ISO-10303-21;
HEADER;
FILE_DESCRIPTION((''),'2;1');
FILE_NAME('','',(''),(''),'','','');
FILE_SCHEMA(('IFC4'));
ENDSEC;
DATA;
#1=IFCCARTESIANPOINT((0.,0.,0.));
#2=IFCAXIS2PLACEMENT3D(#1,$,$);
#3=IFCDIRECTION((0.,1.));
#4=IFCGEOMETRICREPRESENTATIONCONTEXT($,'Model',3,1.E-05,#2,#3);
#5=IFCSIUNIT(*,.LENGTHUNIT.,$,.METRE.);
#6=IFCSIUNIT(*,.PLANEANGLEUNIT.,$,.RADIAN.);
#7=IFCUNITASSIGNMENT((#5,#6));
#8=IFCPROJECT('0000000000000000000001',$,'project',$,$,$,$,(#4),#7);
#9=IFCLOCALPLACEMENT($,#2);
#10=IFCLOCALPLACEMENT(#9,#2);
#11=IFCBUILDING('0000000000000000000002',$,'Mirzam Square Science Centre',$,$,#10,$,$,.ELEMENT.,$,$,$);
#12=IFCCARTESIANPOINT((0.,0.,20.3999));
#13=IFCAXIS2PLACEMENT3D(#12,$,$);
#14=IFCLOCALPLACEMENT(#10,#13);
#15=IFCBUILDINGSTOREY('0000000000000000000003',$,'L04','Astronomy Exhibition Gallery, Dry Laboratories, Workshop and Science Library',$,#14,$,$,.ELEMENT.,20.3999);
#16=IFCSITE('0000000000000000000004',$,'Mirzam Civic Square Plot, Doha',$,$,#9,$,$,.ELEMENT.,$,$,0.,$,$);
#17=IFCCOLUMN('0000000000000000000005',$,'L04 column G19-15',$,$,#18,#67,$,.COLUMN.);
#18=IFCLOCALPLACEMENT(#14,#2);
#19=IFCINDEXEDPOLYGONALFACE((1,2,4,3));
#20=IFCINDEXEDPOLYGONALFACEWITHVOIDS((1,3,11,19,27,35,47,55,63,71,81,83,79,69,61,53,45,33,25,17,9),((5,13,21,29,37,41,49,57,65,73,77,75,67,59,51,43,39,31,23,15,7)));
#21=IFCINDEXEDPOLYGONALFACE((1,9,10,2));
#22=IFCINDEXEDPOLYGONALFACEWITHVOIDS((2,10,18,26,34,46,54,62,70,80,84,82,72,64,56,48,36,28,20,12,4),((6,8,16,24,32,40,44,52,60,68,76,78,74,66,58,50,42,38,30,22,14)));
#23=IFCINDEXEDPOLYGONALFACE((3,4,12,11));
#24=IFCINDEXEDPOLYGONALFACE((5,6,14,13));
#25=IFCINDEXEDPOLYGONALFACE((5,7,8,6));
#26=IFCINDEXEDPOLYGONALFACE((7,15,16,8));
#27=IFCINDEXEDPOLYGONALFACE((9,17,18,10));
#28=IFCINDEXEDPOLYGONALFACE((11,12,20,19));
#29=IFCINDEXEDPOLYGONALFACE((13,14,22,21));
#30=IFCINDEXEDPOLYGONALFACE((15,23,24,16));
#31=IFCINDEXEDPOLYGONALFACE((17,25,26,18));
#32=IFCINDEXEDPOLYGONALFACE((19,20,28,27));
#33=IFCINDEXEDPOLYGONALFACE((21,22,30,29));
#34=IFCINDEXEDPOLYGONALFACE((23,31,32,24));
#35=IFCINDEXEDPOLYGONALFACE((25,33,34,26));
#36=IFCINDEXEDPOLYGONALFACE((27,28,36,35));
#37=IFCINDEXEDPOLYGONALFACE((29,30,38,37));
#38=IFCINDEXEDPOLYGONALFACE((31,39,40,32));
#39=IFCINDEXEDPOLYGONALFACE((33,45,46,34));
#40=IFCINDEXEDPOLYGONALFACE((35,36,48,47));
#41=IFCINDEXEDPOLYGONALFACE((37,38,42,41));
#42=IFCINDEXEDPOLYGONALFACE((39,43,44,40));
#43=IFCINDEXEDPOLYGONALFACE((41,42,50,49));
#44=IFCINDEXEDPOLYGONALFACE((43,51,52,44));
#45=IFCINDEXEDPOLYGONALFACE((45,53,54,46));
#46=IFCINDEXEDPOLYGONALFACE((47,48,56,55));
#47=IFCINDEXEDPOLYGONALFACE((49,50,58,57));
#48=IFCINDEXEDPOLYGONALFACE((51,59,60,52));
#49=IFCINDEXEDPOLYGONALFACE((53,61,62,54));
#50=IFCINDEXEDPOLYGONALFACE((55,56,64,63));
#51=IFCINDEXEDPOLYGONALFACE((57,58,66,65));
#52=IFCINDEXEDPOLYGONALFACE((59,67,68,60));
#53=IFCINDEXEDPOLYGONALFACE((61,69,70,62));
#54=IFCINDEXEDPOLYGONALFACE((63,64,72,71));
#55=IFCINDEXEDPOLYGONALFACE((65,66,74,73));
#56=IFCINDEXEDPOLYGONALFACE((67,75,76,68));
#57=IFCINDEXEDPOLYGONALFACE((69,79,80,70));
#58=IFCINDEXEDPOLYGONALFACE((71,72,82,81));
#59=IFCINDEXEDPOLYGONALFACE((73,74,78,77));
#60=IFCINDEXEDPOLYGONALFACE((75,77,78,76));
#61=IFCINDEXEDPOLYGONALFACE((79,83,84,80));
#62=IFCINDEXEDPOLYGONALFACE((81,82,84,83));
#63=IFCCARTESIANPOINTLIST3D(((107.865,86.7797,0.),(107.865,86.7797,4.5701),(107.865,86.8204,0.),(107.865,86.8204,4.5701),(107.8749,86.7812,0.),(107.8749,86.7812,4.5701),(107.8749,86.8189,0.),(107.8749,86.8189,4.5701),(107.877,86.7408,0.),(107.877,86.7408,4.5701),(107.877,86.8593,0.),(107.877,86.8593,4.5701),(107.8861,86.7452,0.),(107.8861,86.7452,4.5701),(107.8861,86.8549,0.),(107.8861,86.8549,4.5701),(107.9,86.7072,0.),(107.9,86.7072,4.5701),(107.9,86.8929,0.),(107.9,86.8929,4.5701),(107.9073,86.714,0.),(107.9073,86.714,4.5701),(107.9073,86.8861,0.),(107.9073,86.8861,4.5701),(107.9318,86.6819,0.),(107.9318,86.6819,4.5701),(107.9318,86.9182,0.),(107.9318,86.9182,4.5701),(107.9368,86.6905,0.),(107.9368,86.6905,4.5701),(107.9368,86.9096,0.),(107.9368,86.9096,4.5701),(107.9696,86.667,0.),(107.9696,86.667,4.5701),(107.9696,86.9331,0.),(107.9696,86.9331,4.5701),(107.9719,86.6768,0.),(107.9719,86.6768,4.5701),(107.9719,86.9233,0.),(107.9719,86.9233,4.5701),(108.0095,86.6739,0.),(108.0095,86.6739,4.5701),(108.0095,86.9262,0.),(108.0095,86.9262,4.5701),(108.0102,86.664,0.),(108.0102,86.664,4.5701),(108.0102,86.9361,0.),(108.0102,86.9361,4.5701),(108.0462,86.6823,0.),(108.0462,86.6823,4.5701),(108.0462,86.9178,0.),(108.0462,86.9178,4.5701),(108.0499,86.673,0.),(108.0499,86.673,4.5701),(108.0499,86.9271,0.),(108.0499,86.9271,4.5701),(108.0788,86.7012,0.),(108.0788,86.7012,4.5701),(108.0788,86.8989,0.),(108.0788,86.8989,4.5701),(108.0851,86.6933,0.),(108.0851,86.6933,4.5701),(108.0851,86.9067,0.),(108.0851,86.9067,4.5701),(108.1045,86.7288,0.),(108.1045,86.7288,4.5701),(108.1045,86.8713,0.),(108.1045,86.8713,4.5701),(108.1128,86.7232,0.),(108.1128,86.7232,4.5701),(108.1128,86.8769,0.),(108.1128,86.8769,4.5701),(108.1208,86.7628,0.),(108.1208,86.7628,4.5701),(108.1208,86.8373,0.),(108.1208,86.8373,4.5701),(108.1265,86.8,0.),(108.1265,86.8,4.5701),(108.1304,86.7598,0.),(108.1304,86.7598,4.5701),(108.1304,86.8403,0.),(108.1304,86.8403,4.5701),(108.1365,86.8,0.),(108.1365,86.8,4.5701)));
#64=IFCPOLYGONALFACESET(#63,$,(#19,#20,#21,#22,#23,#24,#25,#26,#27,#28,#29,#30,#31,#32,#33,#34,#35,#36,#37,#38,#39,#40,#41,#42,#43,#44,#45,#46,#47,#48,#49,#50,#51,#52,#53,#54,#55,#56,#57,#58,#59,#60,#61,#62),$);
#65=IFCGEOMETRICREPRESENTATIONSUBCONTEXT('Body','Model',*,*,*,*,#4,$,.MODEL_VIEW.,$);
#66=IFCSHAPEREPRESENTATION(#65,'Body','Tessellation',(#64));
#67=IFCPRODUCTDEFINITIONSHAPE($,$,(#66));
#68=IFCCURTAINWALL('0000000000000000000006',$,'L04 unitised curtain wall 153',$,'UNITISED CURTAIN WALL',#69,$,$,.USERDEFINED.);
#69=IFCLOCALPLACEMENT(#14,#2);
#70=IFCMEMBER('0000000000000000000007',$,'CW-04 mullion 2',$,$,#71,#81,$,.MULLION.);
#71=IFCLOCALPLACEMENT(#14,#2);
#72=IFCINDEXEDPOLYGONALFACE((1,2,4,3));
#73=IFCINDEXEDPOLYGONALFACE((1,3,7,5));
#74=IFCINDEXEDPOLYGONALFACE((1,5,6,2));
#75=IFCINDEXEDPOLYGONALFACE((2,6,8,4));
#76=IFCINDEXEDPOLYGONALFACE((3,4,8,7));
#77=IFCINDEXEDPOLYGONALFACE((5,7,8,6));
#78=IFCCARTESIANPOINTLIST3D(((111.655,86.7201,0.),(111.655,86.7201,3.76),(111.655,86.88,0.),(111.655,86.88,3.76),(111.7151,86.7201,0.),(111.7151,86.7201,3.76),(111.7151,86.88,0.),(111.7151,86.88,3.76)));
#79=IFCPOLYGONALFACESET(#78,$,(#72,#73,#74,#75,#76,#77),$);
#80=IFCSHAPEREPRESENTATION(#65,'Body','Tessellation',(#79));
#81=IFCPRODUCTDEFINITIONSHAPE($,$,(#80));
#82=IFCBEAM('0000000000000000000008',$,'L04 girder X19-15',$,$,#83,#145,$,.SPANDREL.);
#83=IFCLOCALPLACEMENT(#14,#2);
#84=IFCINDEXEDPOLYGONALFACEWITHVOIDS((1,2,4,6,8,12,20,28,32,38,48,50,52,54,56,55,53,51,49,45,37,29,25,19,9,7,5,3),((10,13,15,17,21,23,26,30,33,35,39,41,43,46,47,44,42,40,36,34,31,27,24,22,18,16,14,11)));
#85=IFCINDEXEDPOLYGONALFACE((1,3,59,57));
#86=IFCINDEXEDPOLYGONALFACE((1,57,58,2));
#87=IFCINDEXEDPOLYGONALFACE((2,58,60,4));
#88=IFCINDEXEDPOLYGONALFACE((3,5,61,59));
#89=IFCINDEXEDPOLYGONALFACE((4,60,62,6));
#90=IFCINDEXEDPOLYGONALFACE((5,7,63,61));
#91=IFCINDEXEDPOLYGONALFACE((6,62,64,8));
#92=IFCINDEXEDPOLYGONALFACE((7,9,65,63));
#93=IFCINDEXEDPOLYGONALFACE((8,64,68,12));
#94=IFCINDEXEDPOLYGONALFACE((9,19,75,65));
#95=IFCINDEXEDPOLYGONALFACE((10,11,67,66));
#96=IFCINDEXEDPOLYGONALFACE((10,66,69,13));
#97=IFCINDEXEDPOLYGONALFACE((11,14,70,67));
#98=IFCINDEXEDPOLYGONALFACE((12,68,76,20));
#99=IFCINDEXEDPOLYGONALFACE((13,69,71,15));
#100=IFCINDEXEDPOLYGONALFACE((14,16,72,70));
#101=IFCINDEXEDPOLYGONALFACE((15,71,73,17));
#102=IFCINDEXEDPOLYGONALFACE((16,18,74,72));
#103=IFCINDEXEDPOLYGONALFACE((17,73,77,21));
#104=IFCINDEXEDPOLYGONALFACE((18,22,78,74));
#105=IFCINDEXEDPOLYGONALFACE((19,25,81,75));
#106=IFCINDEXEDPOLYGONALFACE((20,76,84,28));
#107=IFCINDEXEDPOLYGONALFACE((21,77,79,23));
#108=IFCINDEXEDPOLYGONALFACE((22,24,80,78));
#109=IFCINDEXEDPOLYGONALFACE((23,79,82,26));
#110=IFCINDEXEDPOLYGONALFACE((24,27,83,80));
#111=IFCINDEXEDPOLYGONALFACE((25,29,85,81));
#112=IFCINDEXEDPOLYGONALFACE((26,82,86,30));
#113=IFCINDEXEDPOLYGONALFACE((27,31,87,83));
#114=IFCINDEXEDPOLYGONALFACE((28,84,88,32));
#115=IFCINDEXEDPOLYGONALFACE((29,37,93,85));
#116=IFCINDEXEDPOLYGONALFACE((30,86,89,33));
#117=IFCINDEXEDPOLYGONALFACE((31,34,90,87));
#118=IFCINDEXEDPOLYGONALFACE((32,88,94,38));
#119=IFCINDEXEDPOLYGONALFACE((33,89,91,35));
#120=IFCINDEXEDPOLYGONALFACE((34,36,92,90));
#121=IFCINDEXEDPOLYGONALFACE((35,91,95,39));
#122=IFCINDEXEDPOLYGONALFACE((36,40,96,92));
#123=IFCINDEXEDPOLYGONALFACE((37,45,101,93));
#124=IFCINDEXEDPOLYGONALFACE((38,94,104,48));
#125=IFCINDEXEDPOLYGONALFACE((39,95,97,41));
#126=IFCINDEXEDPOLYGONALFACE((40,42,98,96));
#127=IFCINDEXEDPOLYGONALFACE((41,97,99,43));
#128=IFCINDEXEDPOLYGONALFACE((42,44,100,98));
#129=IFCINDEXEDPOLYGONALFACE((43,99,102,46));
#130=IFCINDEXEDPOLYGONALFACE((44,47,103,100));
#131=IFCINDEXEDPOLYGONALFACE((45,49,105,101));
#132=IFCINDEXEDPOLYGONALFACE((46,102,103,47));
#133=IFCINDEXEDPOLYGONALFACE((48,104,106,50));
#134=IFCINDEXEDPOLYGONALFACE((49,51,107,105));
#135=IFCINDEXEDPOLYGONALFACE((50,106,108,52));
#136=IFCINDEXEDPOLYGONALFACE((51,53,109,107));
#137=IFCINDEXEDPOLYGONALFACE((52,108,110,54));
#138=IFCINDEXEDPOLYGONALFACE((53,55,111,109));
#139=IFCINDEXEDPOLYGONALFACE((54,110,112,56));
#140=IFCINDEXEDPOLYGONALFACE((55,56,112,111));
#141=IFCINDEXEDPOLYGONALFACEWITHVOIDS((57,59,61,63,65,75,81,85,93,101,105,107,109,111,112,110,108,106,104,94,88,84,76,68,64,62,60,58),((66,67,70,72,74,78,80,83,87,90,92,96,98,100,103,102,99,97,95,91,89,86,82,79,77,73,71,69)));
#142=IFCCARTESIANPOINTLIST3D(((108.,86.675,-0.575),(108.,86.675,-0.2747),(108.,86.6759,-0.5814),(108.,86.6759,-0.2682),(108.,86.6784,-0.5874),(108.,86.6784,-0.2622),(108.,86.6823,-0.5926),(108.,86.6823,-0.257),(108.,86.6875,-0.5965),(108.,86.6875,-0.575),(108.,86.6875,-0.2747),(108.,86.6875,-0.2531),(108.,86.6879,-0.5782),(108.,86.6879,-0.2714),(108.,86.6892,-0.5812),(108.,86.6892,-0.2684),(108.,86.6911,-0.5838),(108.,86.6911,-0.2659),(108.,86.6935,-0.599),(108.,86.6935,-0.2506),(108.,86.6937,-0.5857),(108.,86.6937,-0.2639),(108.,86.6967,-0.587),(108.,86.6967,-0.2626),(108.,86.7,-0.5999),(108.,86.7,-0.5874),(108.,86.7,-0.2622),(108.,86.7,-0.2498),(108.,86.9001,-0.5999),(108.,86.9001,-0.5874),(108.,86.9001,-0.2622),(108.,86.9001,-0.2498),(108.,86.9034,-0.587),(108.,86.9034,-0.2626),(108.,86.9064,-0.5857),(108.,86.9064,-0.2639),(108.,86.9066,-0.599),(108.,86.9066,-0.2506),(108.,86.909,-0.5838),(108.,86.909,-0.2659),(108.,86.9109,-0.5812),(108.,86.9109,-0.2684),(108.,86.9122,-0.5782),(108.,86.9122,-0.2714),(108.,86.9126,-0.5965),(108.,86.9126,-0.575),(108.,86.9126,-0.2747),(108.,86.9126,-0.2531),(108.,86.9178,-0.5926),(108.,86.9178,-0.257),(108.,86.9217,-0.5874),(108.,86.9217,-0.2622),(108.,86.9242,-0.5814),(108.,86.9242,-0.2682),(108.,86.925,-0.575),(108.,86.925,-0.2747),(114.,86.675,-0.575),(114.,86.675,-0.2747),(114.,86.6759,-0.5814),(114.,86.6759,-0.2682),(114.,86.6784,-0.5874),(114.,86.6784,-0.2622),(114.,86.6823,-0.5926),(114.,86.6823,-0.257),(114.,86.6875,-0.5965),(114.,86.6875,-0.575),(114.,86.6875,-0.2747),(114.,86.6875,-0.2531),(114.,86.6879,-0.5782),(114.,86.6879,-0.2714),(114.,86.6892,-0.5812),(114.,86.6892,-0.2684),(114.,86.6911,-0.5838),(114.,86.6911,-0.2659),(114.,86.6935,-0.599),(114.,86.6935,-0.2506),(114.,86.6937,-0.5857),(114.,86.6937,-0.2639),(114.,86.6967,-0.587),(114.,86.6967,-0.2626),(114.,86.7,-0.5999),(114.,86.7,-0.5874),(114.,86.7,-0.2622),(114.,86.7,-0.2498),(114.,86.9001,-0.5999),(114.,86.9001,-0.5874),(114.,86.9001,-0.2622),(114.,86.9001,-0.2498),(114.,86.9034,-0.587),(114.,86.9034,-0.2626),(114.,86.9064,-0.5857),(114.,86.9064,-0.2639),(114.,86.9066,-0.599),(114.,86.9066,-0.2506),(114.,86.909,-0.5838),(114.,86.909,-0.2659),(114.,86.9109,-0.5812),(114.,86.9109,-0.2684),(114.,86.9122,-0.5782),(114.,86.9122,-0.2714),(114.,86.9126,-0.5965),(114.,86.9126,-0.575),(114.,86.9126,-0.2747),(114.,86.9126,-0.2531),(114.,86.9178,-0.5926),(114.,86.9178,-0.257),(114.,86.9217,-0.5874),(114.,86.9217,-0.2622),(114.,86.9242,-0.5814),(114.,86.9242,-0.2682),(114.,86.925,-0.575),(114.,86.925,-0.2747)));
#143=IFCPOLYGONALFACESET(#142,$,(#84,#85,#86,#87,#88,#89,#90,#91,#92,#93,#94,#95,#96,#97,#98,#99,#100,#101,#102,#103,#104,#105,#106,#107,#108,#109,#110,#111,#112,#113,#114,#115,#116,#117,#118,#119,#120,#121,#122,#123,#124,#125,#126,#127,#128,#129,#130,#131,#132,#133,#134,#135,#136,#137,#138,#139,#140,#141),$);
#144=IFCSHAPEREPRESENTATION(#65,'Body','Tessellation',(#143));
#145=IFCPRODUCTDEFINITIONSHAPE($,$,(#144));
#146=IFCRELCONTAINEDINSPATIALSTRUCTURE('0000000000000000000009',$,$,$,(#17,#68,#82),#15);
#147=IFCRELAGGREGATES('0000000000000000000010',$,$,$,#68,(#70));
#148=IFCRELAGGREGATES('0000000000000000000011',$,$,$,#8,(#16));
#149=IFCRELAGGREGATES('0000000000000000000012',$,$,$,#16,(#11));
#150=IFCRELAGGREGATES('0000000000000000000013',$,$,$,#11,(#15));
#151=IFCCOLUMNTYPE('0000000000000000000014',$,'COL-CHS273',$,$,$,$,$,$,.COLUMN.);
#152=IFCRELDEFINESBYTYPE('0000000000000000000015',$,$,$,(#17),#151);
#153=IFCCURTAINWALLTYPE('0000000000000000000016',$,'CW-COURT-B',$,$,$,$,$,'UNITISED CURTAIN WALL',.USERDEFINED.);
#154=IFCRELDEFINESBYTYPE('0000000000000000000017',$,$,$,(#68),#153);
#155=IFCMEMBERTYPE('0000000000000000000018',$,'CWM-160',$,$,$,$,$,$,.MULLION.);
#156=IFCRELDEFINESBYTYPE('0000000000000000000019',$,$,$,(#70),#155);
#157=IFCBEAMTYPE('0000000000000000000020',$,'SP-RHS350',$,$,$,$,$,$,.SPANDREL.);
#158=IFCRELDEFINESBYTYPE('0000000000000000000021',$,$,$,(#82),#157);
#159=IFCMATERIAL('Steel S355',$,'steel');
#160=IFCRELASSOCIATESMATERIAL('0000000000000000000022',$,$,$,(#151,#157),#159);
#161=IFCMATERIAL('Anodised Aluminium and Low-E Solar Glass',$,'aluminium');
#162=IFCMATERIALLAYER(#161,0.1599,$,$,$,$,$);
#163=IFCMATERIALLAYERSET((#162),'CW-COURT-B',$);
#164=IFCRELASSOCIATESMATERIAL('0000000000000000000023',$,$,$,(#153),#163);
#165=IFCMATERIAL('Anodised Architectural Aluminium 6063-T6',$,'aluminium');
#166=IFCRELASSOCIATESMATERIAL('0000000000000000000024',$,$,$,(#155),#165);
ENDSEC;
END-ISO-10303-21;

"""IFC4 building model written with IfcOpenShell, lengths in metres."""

from ifc_helpers import new_model, si_unit, direction, frame, origin, origin_2d, place, context, subcontext, project, spatial, rectangle, hollow_rectangle, hollow_circle, extrude, material, layer, layer_set, material_profile, profile_set, type_object, element, aggregate, save


model = new_model("IFC4")

# Units and contexts
model_context = context("Model", 3, precision=1e-05, world=origin(), true_north=direction((0.0, 1.0)))
body_context = subcontext(model_context, "Body", "Model", "MODEL_VIEW")
ifc_project = project(units=[si_unit("LENGTHUNIT", "METRE"), si_unit("PLANEANGLEUNIT", "RADIAN")], contexts=[model_context])

# Site, building, storey
site_placement = place(None, origin())
site = spatial("IfcSite", under=ifc_project, at=site_placement, Name="Mirzam Civic Square Plot, Doha", CompositionType="ELEMENT", RefElevation=0.0)
building_placement = place(site_placement, origin())
building = spatial("IfcBuilding", under=site, at=building_placement, Name="Mirzam Square Science Centre", CompositionType="ELEMENT")
storey_placement = place(building_placement, frame((0.0, 0.0, 20.3999)))
storey = spatial("IfcBuildingStorey", under=building, at=storey_placement, Name="L04", Description="Astronomy Exhibition Gallery, Dry Laboratories, Workshop and Science Library", CompositionType="ELEMENT", Elevation=20.3999)

# Column
ifc_material_1 = material(Name="Steel S355", Category="steel")
ifc_material_profile_1 = material_profile(ifc_material_1, hollow_circle(Radius=0.1365, WallThickness=0.01, at=origin_2d()), Name="273.0x10.0CHS")
ifc_profile_set_1 = profile_set([ifc_material_profile_1], Name="Steel S355")
column_type = type_object("IfcColumnType", Name="COL-CHS273", PredefinedType="COLUMN", material=ifc_profile_set_1)
column_placement = place(storey_placement, frame((108.0, 86.8, 0.0), z_axis=(0.0, 0.0, 1.0), x_axis=(1.0, 0.0, 0.0)))
element("IfcColumn", 1, at=column_placement, inside=storey, type_object=column_type, Name="L04 column G19-15", PredefinedType="COLUMN", context=body_context, shape_type="SweptSolid", body=[
    extrude(hollow_circle(Radius=0.1365, WallThickness=0.01, at=origin_2d()), origin(), (0.0, 0.0, 1.0), 4.5701),
])

# Curtain wall, member
ifc_material_2 = material(Name="Anodised Aluminium and Low-E Solar Glass", Category="aluminium")
ifc_layer_1 = layer(ifc_material_2, 0.1599)
ifc_layer_set_1 = layer_set([ifc_layer_1], Name="CW-COURT-B")
curtain_wall_type = type_object("IfcCurtainWallType", Name="CW-COURT-B", ElementType="UNITISED CURTAIN WALL", PredefinedType="USERDEFINED", material=ifc_layer_set_1)
curtain_wall_placement = place(storey_placement, origin())
curtain_wall = element("IfcCurtainWall", 2, at=curtain_wall_placement, inside=storey, type_object=curtain_wall_type, Name="L04 unitised curtain wall 153", ObjectType="UNITISED CURTAIN WALL", PredefinedType="USERDEFINED")
ifc_material_3 = material(Name="Anodised Architectural Aluminium 6063-T6", Category="aluminium")
ifc_material_profile_2 = material_profile(ifc_material_3, rectangle(XDim=0.0601, YDim=0.1599, at=origin_2d()), Name="ALU-MULL-160x60x4")
ifc_profile_set_2 = profile_set([ifc_material_profile_2], Name="Anodised Architectural Aluminium 6063-T6")
member_type = type_object("IfcMemberType", Name="CWM-160", PredefinedType="MULLION", material=ifc_profile_set_2)
member_placement = place(storey_placement, frame((111.6851, 86.8, 0.0), z_axis=(0.0, 0.0, 1.0), x_axis=(-1.0, 0.0, 0.0)))
member = element("IfcMember", 3, at=member_placement, type_object=member_type, Name="CW-04 mullion 2", PredefinedType="MULLION", context=body_context, shape_type="SweptSolid", body=[
    extrude(rectangle(XDim=0.0601, YDim=0.1599, at=origin_2d()), origin(), (0.0, 0.0, 1.0), 3.76),
])

# Beam
ifc_material_profile_3 = material_profile(ifc_material_1, hollow_rectangle(XDim=0.25, YDim=0.3501, WallThickness=0.0125, InnerFilletRadius=0.0125, OuterFilletRadius=0.0249, at=origin_2d()), Name="350x250x12.5RHS")
ifc_profile_set_3 = profile_set([ifc_material_profile_3], Name="Steel S355")
beam_type = type_object("IfcBeamType", Name="SP-RHS350", PredefinedType="SPANDREL", material=ifc_profile_set_3)
for number, where, z_axis, x_axis, name in (
    (4, (108.0, 86.8, -0.4248), (1.0, 0.0, 0.0), (0.0, 1.0, 0.0), "L04 girder X19-15"),
):
    element("IfcBeam", number, at=place(storey_placement, frame(where, z_axis=z_axis, x_axis=x_axis)), inside=storey, type_object=beam_type, Name=name, PredefinedType="SPANDREL", context=body_context, shape_type="SweptSolid", body=[
        extrude(hollow_rectangle(XDim=0.25, YDim=0.3501, WallThickness=0.0125, InnerFilletRadius=0.0125, OuterFilletRadius=0.0249, at=origin_2d()), origin(), (0.0, 0.0, 1.0), 6.0),
    ])

aggregate(curtain_wall, [member])

save(model, "model.ifc")
